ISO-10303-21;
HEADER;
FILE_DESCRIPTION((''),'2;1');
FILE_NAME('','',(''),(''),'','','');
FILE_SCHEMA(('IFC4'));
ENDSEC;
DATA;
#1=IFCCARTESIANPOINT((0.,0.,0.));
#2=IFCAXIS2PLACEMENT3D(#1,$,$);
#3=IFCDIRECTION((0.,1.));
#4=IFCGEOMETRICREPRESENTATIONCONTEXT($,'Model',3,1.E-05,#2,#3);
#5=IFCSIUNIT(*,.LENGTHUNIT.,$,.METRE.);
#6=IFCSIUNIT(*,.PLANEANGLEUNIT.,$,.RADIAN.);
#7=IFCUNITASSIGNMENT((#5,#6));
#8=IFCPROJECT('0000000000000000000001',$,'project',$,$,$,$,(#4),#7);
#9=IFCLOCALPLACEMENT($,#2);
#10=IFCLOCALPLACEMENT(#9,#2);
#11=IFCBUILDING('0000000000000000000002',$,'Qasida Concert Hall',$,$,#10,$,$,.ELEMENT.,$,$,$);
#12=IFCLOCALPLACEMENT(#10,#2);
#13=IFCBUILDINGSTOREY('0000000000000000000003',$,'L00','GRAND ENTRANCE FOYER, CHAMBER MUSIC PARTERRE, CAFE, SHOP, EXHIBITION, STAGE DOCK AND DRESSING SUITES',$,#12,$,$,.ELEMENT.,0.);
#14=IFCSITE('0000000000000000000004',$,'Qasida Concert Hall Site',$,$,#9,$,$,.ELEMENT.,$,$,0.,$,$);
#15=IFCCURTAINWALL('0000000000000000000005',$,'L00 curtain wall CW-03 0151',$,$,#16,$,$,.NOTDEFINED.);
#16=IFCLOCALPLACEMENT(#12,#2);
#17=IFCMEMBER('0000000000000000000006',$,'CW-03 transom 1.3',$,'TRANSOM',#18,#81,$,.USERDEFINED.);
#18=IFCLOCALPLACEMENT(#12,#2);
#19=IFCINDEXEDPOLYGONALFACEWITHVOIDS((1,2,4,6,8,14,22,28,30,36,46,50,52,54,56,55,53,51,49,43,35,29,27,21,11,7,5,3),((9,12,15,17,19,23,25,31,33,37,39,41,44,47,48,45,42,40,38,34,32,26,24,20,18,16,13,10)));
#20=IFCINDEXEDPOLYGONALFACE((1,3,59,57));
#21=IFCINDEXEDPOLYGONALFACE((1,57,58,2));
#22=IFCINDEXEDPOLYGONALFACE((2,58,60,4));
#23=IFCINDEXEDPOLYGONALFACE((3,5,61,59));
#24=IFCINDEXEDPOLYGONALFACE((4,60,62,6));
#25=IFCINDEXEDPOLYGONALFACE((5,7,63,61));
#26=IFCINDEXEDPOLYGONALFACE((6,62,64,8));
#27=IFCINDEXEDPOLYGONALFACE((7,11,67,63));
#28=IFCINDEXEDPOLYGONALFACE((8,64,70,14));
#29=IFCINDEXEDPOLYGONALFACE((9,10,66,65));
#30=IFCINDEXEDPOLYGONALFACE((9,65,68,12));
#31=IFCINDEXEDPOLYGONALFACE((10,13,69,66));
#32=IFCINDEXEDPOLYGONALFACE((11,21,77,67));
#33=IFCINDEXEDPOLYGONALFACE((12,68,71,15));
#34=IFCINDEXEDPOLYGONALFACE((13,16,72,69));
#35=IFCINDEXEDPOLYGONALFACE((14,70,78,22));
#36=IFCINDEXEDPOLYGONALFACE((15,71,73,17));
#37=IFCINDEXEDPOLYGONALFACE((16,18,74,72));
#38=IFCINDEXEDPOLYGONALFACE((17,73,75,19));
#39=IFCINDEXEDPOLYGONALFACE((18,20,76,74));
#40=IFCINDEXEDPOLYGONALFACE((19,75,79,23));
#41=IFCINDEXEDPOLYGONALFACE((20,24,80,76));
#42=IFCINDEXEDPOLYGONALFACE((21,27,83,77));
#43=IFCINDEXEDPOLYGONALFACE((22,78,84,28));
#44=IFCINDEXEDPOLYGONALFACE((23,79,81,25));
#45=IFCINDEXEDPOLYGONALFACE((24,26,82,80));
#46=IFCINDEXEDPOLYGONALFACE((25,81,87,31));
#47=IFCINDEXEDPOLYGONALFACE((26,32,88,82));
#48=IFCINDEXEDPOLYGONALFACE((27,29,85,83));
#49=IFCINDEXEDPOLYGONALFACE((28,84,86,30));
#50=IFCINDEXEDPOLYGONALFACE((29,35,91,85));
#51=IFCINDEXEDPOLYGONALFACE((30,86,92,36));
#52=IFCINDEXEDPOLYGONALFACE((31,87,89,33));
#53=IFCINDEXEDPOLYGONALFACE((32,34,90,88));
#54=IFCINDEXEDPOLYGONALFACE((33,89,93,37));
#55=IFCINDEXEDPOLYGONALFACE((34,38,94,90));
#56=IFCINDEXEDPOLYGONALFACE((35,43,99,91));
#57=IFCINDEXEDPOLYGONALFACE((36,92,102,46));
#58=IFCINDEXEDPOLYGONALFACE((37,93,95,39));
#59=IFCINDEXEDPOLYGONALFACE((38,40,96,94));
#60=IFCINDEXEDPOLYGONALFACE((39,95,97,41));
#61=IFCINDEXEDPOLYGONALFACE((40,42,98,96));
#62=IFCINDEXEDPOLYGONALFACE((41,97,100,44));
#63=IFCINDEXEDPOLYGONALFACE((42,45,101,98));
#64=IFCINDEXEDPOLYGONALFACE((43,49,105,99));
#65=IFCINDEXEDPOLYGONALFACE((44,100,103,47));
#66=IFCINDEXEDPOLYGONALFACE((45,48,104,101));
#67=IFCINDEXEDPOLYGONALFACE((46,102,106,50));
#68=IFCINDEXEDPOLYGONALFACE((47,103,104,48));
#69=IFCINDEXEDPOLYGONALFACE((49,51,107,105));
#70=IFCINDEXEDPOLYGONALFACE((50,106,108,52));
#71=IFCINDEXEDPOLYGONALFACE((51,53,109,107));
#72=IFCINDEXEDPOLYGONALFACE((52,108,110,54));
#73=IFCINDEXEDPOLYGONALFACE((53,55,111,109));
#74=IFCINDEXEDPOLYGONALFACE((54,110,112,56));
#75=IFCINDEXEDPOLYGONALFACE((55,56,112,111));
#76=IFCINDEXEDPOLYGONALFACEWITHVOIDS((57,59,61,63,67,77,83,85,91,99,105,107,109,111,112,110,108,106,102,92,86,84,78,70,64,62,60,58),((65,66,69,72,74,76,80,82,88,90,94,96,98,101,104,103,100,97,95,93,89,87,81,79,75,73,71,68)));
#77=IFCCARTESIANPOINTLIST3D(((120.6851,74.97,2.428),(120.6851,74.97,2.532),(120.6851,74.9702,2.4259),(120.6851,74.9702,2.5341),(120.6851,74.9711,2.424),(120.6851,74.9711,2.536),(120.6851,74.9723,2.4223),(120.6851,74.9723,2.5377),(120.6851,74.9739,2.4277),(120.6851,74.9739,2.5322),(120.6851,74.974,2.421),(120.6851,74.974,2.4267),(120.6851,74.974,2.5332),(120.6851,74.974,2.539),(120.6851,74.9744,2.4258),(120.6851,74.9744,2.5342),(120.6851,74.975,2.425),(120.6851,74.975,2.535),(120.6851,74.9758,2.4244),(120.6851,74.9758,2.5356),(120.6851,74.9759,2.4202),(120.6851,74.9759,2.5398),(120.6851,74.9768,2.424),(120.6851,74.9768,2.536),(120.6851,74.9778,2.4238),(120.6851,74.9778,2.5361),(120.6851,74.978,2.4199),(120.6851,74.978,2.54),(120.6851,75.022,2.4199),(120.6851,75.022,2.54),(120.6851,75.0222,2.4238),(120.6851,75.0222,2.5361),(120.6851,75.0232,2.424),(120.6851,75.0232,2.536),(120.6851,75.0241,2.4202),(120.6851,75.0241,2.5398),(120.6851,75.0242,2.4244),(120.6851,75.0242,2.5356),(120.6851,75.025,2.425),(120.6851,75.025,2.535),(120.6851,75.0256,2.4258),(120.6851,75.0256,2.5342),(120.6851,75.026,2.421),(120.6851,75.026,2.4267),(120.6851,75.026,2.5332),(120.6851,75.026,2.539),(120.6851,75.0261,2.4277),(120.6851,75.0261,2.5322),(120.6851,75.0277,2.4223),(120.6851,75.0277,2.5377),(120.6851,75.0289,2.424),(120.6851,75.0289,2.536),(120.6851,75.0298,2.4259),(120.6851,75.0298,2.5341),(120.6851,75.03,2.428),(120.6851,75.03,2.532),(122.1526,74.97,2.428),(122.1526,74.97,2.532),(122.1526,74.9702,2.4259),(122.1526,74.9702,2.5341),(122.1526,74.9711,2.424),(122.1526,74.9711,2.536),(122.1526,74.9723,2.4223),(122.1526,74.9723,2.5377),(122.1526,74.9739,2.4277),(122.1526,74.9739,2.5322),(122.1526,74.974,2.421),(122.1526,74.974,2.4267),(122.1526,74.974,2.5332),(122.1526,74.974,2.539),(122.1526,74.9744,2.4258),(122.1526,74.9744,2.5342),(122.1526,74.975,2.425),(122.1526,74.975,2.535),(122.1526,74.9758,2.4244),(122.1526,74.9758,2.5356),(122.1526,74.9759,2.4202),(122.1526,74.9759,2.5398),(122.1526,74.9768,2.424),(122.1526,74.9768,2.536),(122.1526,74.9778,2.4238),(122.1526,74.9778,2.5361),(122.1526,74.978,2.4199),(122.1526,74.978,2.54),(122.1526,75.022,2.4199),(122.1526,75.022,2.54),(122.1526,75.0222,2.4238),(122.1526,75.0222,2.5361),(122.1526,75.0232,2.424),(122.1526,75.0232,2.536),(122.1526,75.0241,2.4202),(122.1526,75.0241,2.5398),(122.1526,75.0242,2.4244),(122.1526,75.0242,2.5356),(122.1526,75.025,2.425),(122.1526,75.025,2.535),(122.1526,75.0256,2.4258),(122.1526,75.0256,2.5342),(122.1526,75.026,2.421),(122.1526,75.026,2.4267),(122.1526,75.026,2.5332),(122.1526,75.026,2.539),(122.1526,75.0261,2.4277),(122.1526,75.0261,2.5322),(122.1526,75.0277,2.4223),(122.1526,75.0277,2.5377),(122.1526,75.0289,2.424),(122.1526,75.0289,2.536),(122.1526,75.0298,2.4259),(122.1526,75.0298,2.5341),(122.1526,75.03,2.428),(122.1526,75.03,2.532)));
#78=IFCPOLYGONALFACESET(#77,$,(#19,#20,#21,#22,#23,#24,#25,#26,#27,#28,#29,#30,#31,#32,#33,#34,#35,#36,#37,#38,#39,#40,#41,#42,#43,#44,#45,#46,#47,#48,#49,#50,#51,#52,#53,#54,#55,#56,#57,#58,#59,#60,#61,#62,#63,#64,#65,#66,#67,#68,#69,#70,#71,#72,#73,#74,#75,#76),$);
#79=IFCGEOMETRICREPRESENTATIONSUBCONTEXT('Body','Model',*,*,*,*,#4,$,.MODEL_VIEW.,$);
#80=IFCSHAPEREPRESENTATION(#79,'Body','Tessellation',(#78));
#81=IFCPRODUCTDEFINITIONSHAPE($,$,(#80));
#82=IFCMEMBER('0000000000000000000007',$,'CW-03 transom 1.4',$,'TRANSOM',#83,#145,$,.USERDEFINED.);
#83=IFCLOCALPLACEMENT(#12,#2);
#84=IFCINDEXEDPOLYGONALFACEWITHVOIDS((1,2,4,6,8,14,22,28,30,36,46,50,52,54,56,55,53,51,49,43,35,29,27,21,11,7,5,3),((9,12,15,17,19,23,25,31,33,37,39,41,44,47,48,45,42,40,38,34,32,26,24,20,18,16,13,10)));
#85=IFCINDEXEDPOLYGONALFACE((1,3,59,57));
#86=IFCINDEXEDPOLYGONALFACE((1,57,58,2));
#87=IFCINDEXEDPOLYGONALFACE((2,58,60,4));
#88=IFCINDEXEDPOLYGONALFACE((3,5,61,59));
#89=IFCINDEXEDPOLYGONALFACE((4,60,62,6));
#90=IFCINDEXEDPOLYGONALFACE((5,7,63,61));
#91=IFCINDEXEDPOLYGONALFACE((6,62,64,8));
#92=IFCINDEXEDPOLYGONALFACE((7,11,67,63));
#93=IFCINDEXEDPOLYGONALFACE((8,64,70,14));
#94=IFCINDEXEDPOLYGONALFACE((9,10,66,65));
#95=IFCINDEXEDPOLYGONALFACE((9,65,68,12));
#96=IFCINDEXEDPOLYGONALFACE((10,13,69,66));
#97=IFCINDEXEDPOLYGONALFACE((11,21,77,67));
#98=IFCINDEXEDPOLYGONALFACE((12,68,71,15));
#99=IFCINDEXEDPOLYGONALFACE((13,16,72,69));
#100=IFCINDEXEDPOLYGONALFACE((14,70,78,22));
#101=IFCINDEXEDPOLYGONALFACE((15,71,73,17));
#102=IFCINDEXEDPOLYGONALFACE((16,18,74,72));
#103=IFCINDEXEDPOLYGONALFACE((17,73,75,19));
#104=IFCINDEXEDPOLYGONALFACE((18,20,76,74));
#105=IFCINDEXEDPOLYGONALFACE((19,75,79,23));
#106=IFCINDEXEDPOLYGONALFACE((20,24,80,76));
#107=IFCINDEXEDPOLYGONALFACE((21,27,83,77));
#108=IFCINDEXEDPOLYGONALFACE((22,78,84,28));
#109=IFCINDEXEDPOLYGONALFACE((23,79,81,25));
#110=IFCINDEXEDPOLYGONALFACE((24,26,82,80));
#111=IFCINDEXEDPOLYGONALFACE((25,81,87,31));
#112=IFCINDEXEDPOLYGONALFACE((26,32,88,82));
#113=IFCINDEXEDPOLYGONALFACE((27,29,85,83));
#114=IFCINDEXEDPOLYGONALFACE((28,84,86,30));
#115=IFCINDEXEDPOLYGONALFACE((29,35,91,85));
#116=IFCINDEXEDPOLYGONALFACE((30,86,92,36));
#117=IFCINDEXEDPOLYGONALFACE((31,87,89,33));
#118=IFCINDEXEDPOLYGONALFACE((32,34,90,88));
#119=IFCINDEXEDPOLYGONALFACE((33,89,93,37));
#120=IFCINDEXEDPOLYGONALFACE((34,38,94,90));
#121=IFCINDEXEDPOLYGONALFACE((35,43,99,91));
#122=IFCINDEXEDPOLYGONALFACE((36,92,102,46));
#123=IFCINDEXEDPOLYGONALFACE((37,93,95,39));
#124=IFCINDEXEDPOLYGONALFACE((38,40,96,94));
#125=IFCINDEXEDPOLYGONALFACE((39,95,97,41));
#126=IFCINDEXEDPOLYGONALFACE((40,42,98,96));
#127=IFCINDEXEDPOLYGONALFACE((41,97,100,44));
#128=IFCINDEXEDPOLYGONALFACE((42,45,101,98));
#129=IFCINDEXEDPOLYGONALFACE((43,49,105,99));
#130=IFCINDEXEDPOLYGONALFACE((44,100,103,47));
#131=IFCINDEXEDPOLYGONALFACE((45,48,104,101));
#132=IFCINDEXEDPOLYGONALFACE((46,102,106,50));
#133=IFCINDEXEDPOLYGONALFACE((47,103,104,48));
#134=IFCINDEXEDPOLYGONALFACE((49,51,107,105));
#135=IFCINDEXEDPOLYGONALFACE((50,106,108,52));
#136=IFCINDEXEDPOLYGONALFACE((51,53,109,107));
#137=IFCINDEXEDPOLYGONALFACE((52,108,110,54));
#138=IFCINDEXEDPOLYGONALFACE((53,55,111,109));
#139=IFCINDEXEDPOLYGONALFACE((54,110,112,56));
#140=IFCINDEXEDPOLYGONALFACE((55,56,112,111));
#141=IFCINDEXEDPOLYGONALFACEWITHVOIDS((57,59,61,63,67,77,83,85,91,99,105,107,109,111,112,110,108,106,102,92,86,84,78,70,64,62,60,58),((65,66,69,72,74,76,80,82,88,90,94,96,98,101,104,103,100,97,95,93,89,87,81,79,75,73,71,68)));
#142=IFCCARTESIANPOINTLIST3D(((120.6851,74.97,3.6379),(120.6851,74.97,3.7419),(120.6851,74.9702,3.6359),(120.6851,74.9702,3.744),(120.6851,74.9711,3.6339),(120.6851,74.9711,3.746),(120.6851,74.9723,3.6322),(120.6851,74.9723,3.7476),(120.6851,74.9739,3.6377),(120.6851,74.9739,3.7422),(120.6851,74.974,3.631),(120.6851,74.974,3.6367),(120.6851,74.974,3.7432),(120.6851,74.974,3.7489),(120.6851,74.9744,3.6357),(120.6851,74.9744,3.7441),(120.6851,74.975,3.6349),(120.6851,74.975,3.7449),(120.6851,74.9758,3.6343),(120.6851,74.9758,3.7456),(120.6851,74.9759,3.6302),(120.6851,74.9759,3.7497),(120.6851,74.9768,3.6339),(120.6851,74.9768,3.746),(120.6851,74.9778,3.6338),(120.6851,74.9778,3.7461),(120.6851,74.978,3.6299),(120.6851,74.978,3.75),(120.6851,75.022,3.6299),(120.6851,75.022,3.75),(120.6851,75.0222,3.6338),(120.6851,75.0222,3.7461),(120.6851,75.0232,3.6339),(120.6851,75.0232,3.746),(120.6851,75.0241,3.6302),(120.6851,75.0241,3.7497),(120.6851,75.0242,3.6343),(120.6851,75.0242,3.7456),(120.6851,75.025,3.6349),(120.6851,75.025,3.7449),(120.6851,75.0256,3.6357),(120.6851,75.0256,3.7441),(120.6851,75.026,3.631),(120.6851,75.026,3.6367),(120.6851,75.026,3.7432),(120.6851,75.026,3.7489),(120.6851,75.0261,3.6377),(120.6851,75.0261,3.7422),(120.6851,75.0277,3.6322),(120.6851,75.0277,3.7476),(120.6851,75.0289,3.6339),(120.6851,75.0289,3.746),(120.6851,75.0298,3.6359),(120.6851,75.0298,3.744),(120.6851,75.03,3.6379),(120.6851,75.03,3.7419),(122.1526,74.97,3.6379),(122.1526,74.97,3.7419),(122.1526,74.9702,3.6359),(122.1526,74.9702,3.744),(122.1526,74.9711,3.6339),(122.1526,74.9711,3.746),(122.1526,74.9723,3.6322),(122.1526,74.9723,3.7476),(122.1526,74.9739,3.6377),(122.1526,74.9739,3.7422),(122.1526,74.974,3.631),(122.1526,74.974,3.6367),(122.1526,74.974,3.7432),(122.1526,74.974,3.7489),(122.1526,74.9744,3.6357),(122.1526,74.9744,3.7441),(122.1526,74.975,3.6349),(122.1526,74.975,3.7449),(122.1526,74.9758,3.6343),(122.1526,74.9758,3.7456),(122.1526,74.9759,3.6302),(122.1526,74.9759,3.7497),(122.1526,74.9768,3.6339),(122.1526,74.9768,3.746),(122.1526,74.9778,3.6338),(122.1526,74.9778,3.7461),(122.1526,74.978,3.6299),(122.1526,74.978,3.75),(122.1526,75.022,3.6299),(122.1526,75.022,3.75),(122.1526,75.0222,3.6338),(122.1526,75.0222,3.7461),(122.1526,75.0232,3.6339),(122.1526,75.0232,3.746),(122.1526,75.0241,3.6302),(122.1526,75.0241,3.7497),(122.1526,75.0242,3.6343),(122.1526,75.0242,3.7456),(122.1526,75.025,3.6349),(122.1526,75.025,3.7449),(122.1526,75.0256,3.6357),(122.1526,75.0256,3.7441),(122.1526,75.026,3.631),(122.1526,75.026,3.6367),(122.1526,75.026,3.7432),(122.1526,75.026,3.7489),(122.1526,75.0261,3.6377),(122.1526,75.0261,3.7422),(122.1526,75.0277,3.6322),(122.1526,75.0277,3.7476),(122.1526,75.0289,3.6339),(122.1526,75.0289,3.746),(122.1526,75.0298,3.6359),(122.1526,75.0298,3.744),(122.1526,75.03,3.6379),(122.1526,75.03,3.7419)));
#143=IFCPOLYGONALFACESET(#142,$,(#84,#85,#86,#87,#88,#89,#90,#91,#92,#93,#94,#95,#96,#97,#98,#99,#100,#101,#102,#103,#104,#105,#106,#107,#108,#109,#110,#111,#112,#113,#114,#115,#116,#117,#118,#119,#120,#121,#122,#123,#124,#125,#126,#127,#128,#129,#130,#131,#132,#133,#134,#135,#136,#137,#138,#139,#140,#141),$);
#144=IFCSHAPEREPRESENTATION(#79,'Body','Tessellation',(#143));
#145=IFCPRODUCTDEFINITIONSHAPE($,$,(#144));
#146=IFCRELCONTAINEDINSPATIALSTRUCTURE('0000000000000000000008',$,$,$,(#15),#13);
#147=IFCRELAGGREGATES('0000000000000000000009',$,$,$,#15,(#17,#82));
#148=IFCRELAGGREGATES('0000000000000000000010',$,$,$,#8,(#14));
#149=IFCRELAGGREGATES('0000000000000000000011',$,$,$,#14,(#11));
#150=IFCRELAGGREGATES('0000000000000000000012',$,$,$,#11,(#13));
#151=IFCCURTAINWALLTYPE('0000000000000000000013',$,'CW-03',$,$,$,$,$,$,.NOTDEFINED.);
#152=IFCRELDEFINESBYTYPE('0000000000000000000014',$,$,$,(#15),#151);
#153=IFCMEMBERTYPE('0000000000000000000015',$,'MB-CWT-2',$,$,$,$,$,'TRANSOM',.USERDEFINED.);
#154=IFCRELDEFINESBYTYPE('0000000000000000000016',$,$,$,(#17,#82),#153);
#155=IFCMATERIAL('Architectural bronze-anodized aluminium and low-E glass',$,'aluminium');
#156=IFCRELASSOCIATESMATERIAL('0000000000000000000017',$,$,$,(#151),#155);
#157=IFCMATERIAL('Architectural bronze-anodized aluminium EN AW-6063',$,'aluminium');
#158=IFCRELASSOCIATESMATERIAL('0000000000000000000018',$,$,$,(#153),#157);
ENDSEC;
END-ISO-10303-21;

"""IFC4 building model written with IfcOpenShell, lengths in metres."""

from ifc_helpers import new_model, si_unit, direction, frame, origin, origin_2d, place, context, subcontext, project, spatial, hollow_rectangle, extrude, material, material_profile, profile_set, type_object, element, aggregate, save


model = new_model("IFC4")

# Units and contexts
model_context = context("Model", 3, precision=1e-05, world=origin(), true_north=direction((0.0, 1.0)))
body_context = subcontext(model_context, "Body", "Model", "MODEL_VIEW")
ifc_project = project(units=[si_unit("LENGTHUNIT", "METRE"), si_unit("PLANEANGLEUNIT", "RADIAN")], contexts=[model_context])

# Site, building, storey
site_placement = place(None, origin())
site = spatial("IfcSite", under=ifc_project, at=site_placement, Name="Qasida Concert Hall Site", CompositionType="ELEMENT", RefElevation=0.0)
building_placement = place(site_placement, origin())
building = spatial("IfcBuilding", under=site, at=building_placement, Name="Qasida Concert Hall", CompositionType="ELEMENT")
storey_placement = place(building_placement, origin())
storey = spatial("IfcBuildingStorey", under=building, at=storey_placement, Name="L00", Description="GRAND ENTRANCE FOYER, CHAMBER MUSIC PARTERRE, CAFE, SHOP, EXHIBITION, STAGE DOCK AND DRESSING SUITES", CompositionType="ELEMENT", Elevation=0.0)

# Curtain wall
ifc_material_1 = material(Name="Architectural bronze-anodized aluminium and low-E glass", Category="aluminium")
curtain_wall_type_1 = type_object("IfcCurtainWallType", Name="CW-03", PredefinedType="NOTDEFINED", material=ifc_material_1)
curtain_wall_1_placement = place(storey_placement, origin())
curtain_wall_1 = element("IfcCurtainWall", 1, at=curtain_wall_1_placement, inside=storey, type_object=curtain_wall_type_1, Name="L00 curtain wall CW-03 0151", PredefinedType="NOTDEFINED")
ifc_material_2 = material(Name="Architectural bronze-anodized aluminium EN AW-6063", Category="aluminium")

# Members
ifc_material_profile_1 = material_profile(ifc_material_2, hollow_rectangle(XDim=0.0601, YDim=0.1201, WallThickness=0.0039, InnerFilletRadius=0.0039, OuterFilletRadius=0.0081, at=origin_2d()), Name="CWT 120x60x4")
ifc_profile_set_1 = profile_set([ifc_material_profile_1], Name="Architectural bronze-anodized aluminium EN AW-6063")
member_type_1 = type_object("IfcMemberType", Name="MB-CWT-2", ElementType="TRANSOM", PredefinedType="USERDEFINED", material=ifc_profile_set_1)
member_1_placement = place(storey_placement, frame((120.6851, 75.0, 2.48), z_axis=(1.0, 0.0, 0.0), x_axis=(0.0, 1.0, 0.0)))
member_1 = element("IfcMember", 2, at=member_1_placement, type_object=member_type_1, Name="CW-03 transom 1.3", ObjectType="TRANSOM", PredefinedType="USERDEFINED", context=body_context, shape_type="SweptSolid", body=[
    extrude(hollow_rectangle(XDim=0.0601, YDim=0.1201, WallThickness=0.0039, InnerFilletRadius=0.0039, OuterFilletRadius=0.0081, at=origin_2d()), origin(), (0.0, 0.0, 1.0), 1.4675),
])
member_2_placement = place(storey_placement, frame((120.6851, 75.0, 3.6899), z_axis=(1.0, 0.0, 0.0), x_axis=(0.0, 1.0, 0.0)))
member_2 = element("IfcMember", 3, at=member_2_placement, type_object=member_type_1, Name="CW-03 transom 1.4", ObjectType="TRANSOM", PredefinedType="USERDEFINED", context=body_context, shape_type="SweptSolid", body=[
    extrude(hollow_rectangle(XDim=0.0601, YDim=0.1201, WallThickness=0.0039, InnerFilletRadius=0.0039, OuterFilletRadius=0.0081, at=origin_2d()), origin(), (0.0, 0.0, 1.0), 1.4675),
])

aggregate(curtain_wall_1, [member_1, member_2])

save(model, "model.ifc")
